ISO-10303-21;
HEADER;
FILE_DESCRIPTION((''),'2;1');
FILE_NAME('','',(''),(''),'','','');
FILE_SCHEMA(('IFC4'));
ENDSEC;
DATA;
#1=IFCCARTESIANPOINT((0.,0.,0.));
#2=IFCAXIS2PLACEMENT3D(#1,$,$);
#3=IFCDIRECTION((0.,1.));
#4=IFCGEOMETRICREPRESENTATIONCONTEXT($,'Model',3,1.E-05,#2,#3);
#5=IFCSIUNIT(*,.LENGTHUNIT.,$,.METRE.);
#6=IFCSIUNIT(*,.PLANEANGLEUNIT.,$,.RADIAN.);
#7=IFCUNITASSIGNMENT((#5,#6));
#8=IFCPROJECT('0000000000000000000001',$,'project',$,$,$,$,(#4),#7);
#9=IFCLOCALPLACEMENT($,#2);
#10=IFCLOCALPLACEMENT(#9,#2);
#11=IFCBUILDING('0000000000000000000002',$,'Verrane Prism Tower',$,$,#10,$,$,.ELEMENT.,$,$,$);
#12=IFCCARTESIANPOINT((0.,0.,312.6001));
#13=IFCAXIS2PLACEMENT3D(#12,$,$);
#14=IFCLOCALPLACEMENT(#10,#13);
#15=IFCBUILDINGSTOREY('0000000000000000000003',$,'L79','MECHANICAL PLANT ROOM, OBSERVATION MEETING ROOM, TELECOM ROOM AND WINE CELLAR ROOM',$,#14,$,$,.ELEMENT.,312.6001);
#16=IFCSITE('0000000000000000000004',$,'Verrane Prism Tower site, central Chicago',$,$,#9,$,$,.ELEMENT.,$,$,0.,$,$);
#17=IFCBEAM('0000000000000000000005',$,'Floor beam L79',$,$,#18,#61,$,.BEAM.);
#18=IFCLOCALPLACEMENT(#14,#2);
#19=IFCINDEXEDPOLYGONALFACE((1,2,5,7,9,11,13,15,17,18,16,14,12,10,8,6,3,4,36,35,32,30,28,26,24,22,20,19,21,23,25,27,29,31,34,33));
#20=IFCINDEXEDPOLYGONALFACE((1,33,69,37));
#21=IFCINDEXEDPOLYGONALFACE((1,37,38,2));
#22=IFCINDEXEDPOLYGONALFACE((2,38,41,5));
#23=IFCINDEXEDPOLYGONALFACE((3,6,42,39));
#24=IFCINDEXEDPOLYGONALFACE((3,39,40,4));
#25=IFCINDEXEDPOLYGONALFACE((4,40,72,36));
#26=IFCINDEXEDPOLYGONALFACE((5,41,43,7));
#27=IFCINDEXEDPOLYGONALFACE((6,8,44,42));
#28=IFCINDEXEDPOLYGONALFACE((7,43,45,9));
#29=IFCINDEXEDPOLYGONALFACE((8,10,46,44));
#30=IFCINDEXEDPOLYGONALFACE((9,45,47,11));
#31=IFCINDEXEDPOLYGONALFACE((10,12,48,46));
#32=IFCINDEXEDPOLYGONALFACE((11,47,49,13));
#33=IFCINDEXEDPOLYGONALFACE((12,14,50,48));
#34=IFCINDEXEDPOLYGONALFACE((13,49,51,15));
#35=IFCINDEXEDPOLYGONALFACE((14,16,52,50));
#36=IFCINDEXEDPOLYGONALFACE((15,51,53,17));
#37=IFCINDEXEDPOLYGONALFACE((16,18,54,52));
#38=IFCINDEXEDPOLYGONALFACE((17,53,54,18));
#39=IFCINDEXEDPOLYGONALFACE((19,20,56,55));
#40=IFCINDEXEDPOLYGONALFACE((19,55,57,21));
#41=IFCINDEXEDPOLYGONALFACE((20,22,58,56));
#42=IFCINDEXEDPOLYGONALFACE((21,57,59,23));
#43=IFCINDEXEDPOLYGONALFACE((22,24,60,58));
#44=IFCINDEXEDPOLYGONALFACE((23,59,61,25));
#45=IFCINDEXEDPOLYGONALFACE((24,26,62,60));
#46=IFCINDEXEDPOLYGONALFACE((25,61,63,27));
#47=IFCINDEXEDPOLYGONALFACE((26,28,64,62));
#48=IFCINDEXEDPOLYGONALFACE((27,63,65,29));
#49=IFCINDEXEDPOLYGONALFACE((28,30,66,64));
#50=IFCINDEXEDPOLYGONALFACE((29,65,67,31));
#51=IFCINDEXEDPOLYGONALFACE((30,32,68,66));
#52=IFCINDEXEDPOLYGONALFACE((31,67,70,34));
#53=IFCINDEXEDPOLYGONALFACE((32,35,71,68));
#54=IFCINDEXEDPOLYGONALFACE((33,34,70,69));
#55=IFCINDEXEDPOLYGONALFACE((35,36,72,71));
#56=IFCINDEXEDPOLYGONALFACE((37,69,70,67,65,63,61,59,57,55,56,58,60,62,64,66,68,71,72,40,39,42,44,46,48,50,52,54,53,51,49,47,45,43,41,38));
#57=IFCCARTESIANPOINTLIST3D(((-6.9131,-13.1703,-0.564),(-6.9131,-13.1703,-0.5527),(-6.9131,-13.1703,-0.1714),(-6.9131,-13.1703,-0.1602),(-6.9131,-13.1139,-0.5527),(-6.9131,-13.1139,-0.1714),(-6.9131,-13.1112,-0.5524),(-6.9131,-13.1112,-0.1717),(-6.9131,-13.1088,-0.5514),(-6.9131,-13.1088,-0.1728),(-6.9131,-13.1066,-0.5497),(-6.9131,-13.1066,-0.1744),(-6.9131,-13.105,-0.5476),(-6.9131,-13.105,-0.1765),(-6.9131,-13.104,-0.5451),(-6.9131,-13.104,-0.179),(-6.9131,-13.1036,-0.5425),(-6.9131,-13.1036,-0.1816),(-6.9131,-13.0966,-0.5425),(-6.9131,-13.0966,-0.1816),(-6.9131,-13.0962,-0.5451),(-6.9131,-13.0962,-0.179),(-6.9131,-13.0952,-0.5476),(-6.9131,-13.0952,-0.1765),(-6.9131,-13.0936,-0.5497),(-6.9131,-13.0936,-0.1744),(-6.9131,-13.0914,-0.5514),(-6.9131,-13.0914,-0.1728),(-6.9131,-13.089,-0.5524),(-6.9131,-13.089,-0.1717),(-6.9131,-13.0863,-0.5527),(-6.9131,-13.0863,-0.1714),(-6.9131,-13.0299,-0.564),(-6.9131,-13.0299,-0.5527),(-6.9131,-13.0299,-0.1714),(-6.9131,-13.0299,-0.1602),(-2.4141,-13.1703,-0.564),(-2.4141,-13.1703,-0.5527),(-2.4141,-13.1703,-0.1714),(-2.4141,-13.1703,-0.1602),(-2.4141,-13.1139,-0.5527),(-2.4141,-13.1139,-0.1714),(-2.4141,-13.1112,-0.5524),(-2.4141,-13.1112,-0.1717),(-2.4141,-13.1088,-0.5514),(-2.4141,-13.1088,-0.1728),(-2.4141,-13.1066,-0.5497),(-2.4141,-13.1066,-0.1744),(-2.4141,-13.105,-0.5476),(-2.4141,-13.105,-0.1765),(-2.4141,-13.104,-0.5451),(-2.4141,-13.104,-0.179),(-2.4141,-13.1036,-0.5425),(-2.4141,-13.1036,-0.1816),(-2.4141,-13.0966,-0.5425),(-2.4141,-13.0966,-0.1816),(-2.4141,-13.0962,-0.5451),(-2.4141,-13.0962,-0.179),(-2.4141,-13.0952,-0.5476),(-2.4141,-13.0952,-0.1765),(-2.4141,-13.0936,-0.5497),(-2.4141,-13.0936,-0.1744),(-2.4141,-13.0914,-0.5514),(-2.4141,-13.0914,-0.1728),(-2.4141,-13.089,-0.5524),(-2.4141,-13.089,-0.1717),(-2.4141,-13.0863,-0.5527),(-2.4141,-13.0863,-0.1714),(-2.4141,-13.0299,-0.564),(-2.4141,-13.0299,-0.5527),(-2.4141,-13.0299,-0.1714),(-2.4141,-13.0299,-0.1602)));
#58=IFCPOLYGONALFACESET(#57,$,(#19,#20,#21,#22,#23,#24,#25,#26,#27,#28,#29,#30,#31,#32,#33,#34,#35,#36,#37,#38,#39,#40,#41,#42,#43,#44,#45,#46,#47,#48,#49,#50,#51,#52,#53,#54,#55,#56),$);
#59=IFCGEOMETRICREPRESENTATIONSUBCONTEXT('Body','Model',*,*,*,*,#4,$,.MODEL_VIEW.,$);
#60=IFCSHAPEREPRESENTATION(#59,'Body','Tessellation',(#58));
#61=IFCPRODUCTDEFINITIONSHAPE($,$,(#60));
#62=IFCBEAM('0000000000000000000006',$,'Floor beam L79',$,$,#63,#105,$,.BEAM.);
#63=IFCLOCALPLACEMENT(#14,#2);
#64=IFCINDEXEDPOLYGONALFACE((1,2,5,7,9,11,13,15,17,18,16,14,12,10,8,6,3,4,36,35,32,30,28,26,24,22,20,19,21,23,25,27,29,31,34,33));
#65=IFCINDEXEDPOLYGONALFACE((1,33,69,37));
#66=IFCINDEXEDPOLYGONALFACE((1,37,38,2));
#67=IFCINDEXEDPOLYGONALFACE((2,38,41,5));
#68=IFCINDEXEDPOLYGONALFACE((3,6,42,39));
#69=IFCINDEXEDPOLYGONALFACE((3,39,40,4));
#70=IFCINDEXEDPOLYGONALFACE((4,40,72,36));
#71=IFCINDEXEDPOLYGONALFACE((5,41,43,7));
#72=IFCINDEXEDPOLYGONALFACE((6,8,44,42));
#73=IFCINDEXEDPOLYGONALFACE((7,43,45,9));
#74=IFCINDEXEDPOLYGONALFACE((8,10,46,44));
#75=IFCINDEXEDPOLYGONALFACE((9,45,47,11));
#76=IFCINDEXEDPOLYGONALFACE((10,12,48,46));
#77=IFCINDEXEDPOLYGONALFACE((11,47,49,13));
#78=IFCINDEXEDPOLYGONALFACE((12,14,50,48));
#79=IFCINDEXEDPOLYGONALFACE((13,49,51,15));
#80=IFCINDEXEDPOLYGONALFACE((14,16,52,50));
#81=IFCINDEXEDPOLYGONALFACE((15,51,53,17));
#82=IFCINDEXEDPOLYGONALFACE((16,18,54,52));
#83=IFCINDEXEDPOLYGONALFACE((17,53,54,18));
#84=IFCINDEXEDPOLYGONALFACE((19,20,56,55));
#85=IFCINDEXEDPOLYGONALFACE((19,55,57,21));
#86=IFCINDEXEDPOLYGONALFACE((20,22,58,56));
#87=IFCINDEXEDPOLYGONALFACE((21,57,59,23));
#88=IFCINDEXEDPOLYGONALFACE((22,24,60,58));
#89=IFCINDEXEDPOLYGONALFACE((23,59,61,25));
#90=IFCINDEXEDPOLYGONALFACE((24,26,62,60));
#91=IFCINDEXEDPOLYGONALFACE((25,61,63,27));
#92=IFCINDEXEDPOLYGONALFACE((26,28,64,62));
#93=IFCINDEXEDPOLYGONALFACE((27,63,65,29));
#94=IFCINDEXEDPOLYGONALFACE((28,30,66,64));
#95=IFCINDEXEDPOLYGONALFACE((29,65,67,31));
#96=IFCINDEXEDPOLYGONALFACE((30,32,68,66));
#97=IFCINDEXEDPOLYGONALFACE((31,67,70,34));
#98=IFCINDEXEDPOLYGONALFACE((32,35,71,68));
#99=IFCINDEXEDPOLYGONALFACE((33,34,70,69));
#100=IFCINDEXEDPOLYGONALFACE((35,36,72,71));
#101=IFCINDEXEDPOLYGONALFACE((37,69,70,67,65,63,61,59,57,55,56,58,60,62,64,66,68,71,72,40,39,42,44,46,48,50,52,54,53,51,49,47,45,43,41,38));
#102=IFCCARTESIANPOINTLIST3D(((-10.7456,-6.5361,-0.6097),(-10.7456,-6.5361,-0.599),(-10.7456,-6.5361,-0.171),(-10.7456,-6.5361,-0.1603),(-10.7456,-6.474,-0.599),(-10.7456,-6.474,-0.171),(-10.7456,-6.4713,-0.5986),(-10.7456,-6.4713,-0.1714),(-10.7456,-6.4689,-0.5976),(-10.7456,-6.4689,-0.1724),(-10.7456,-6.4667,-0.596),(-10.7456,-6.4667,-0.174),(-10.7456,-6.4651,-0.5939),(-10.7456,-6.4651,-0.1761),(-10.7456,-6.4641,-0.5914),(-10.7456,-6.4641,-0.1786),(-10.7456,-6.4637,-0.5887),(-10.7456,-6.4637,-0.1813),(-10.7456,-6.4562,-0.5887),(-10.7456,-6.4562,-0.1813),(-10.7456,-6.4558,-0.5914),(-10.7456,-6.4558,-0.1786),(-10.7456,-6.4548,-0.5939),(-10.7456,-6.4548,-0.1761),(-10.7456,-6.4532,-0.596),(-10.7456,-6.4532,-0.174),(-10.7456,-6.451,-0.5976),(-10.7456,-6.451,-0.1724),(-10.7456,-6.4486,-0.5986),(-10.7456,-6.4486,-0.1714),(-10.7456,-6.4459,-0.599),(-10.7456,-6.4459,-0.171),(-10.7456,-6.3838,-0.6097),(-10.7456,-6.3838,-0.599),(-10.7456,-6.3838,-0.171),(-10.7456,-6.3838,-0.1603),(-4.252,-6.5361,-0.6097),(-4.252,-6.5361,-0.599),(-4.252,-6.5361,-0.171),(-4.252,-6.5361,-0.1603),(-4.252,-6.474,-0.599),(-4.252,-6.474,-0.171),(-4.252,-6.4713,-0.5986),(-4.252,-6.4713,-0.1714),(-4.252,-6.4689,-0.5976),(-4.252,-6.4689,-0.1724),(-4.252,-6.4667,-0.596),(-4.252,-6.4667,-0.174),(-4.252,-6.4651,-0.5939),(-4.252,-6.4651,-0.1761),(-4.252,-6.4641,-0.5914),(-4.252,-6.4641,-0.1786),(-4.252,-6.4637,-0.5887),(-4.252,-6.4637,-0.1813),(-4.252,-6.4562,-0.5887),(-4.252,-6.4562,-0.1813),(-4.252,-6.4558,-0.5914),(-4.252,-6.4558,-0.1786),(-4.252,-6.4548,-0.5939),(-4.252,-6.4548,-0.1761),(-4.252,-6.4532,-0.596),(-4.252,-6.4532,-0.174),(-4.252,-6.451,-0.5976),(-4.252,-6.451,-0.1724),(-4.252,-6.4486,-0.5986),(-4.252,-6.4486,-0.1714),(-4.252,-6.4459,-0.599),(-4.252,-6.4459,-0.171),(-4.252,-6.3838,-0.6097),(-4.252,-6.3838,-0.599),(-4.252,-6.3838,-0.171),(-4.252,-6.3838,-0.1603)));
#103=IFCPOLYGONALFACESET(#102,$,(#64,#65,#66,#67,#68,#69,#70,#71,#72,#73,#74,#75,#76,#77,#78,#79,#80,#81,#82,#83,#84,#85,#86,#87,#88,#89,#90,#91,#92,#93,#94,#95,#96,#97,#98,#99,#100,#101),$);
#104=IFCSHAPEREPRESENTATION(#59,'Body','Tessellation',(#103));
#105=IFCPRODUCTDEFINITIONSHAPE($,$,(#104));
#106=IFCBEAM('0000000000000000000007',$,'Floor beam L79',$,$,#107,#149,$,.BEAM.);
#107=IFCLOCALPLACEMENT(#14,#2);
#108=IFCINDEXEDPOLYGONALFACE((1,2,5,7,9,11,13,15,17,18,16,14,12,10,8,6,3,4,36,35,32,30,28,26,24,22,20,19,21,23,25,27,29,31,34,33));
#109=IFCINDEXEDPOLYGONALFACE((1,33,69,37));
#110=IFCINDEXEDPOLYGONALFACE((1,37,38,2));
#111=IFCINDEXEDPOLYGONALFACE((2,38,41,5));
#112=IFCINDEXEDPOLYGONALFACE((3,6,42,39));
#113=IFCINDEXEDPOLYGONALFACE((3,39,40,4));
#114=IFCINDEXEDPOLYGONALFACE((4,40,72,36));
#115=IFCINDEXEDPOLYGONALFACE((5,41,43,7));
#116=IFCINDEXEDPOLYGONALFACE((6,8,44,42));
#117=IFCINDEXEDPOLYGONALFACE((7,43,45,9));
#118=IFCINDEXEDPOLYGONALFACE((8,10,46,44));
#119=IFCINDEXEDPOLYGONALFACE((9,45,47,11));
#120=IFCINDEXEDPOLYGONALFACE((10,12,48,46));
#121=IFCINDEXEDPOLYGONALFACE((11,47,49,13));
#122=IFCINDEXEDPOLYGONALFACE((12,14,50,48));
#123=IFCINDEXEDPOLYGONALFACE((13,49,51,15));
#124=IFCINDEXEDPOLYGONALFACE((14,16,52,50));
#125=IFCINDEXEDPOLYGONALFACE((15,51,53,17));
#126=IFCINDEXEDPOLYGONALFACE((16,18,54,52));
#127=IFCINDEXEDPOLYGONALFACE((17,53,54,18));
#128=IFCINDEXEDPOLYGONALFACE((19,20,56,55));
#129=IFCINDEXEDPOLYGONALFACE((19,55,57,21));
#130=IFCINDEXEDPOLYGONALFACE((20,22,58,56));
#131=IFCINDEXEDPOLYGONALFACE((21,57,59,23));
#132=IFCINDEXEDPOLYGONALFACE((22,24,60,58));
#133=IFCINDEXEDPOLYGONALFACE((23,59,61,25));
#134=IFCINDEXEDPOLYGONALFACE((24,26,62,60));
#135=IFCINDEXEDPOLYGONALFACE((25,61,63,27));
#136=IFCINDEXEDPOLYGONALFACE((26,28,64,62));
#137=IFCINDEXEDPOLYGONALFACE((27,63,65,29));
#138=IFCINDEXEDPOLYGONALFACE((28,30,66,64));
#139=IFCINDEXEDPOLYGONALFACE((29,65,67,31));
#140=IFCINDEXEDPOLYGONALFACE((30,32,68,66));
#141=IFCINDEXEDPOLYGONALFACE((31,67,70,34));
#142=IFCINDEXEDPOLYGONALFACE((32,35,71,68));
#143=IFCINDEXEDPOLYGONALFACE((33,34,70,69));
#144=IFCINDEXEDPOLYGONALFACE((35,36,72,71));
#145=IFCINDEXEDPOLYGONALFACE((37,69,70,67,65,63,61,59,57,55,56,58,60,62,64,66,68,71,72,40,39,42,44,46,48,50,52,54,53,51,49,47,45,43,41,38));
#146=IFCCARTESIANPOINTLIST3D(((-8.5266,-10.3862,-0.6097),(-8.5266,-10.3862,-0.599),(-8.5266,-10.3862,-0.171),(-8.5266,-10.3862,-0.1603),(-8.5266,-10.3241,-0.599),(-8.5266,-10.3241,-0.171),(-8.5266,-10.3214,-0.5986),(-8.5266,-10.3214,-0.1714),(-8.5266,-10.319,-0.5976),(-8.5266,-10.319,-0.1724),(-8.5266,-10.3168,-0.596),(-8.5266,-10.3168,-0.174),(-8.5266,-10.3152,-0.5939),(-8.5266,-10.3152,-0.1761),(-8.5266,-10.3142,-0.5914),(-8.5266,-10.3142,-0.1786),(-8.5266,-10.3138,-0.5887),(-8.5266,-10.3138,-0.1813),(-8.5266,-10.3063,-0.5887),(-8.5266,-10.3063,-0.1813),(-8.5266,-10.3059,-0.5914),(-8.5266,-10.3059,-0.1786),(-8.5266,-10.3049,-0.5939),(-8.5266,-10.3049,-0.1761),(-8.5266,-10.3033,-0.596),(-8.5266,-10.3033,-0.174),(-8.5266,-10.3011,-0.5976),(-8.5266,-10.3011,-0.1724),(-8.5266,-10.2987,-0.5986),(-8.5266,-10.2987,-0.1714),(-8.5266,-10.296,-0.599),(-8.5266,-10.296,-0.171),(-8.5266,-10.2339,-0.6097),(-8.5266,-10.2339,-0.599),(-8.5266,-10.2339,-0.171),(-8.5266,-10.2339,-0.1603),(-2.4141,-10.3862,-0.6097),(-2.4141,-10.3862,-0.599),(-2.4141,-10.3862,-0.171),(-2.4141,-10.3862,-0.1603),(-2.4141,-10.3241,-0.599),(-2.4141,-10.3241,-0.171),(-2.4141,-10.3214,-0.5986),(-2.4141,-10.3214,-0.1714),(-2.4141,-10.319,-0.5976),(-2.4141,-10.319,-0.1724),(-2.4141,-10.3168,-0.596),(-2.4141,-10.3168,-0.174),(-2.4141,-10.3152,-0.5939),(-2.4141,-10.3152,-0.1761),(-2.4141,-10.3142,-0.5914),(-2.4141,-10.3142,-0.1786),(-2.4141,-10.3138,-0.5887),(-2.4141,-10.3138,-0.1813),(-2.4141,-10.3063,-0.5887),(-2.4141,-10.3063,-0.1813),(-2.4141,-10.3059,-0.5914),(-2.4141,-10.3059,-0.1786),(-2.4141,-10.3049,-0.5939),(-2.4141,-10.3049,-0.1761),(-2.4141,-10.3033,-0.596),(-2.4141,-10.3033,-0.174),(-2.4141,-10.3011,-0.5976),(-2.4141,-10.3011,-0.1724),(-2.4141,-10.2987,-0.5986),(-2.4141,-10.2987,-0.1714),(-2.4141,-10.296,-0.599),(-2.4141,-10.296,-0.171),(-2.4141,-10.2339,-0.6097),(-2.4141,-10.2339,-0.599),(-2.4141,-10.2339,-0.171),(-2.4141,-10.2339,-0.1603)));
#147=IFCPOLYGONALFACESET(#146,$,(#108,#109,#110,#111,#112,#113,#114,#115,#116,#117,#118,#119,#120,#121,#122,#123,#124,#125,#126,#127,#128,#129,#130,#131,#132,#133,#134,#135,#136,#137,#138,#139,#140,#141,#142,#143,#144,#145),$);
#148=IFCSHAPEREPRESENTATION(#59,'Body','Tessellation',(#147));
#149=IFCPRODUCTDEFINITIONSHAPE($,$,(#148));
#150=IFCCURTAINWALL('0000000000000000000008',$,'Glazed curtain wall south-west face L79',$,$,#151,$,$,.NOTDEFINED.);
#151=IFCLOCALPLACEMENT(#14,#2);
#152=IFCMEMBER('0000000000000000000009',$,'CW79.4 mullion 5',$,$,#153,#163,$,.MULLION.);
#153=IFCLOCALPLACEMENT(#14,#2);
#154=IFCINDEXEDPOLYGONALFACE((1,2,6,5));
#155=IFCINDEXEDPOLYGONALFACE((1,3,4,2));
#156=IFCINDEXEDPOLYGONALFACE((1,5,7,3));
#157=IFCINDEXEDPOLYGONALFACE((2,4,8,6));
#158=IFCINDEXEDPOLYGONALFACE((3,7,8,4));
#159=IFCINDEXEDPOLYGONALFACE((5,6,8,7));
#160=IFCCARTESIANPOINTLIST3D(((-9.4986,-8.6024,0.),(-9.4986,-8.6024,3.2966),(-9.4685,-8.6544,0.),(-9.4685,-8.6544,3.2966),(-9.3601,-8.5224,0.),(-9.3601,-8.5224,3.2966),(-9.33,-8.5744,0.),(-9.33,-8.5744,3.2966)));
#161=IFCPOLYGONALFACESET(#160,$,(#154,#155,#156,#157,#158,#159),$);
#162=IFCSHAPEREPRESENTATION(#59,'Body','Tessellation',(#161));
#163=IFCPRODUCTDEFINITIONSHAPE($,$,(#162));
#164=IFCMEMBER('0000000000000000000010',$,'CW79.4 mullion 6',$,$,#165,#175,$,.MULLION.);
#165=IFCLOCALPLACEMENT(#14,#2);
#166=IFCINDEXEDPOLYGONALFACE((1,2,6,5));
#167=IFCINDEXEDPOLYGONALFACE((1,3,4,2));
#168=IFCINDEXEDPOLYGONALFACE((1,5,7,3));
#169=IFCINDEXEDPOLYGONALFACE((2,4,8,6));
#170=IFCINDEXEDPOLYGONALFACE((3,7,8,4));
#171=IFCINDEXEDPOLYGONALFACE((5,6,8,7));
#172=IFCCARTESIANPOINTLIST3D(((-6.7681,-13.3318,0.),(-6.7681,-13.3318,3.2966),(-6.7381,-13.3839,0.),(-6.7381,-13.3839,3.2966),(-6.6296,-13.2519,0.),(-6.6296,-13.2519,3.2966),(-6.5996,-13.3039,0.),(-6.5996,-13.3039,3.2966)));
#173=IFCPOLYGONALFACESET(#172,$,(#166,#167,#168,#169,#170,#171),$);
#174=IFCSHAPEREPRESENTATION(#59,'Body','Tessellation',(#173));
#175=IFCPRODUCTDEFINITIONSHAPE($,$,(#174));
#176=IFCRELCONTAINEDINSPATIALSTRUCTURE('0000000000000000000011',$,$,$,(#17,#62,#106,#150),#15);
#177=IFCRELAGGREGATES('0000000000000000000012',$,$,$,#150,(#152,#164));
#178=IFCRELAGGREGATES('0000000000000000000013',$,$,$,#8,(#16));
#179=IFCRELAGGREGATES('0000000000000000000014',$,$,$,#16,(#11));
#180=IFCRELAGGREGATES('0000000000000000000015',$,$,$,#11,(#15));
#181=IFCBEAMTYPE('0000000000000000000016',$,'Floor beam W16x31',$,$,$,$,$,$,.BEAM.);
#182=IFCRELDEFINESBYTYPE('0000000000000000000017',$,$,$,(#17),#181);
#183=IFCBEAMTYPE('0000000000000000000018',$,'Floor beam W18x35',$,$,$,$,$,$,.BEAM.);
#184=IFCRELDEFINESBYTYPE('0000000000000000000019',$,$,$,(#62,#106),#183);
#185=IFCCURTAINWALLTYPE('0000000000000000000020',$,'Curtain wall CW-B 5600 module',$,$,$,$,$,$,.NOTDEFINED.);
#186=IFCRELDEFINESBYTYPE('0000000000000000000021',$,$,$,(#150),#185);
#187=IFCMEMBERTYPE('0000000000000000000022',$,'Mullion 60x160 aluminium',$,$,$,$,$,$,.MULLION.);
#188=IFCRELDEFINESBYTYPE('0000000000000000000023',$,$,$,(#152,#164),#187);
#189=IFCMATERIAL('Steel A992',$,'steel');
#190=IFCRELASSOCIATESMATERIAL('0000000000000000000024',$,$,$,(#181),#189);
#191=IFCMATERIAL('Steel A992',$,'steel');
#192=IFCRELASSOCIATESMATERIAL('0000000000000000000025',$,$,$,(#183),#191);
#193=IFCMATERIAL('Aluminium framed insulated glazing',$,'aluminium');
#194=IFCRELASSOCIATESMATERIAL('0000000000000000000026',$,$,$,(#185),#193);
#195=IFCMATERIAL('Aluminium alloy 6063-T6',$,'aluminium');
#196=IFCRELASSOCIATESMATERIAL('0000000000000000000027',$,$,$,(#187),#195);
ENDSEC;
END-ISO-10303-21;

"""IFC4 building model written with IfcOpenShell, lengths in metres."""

from ifc_helpers import new_model, si_unit, direction, frame, origin, origin_2d, place, context, subcontext, project, spatial, rectangle, i_section, extrude, material, material_profile, profile_set, type_object, element, aggregate, save


model = new_model("IFC4")

# Units and contexts
model_context = context("Model", 3, precision=1e-05, world=origin(), true_north=direction((0.0, 1.0)))
body_context = subcontext(model_context, "Body", "Model", "MODEL_VIEW")
ifc_project = project(units=[si_unit("LENGTHUNIT", "METRE"), si_unit("PLANEANGLEUNIT", "RADIAN")], contexts=[model_context])

# Site, building, storey
site_placement = place(None, origin())
site = spatial("IfcSite", under=ifc_project, at=site_placement, Name="Verrane Prism Tower site, central Chicago", CompositionType="ELEMENT", RefElevation=0.0)
building_placement = place(site_placement, origin())
building = spatial("IfcBuilding", under=site, at=building_placement, Name="Verrane Prism Tower", CompositionType="ELEMENT")
storey_placement = place(building_placement, frame((0.0, 0.0, 312.6001)))
storey = spatial("IfcBuildingStorey", under=building, at=storey_placement, Name="L79", Description="MECHANICAL PLANT ROOM, OBSERVATION MEETING ROOM, TELECOM ROOM AND WINE CELLAR ROOM", CompositionType="ELEMENT", Elevation=312.6001)

# Beams
ifc_material_1 = material(Name="Steel A992", Category="steel")
ifc_material_profile_1 = material_profile(ifc_material_1, i_section(OverallWidth=0.1404, OverallDepth=0.4038, WebThickness=0.0071, FlangeThickness=0.0112, FilletRadius=0.0103, at=origin_2d()), Name="W16x31")
ifc_profile_set_1 = profile_set([ifc_material_profile_1], Name="Steel A992")
beam_type_1 = type_object("IfcBeamType", Name="Floor beam W16x31", PredefinedType="BEAM", material=ifc_profile_set_1)
beam_1_placement = place(storey_placement, frame((-6.9131, -13.1001, -0.3621), z_axis=(1.0, 0.0, 0.0), x_axis=(0.0, 1.0, 0.0)))
element("IfcBeam", 1, at=beam_1_placement, inside=storey, type_object=beam_type_1, Name="Floor beam L79", PredefinedType="BEAM", context=body_context, shape_type="SweptSolid", body=[
    extrude(i_section(OverallWidth=0.1404, OverallDepth=0.4038, WebThickness=0.0071, FlangeThickness=0.0112, FilletRadius=0.0103, at=origin_2d()), origin(), (0.0, 0.0, 1.0), 4.499),
])
ifc_material_2 = material(Name="Steel A992", Category="steel")
ifc_material_profile_2 = material_profile(ifc_material_2, i_section(OverallWidth=0.1523, OverallDepth=0.4495, WebThickness=0.0076, FlangeThickness=0.0107, FilletRadius=0.0103, at=origin_2d()), Name="W18x35")
ifc_profile_set_2 = profile_set([ifc_material_profile_2], Name="Steel A992")
beam_type_2 = type_object("IfcBeamType", Name="Floor beam W18x35", PredefinedType="BEAM", material=ifc_profile_set_2)
beam_2_placement = place(storey_placement, frame((-10.7456, -6.46, -0.385), z_axis=(1.0, 0.0, 0.0), x_axis=(0.0, 1.0, 0.0)))
element("IfcBeam", 2, at=beam_2_placement, inside=storey, type_object=beam_type_2, Name="Floor beam L79", PredefinedType="BEAM", context=body_context, shape_type="SweptSolid", body=[
    extrude(i_section(OverallWidth=0.1523, OverallDepth=0.4495, WebThickness=0.0076, FlangeThickness=0.0107, FilletRadius=0.0103, at=origin_2d()), origin(), (0.0, 0.0, 1.0), 6.4937),
])
beam_3_placement = place(storey_placement, frame((-8.5266, -10.3101, -0.385), z_axis=(1.0, 0.0, 0.0), x_axis=(0.0, 1.0, 0.0)))
element("IfcBeam", 3, at=beam_3_placement, inside=storey, type_object=beam_type_2, Name="Floor beam L79", PredefinedType="BEAM", context=body_context, shape_type="SweptSolid", body=[
    extrude(i_section(OverallWidth=0.1523, OverallDepth=0.4495, WebThickness=0.0076, FlangeThickness=0.0107, FilletRadius=0.0103, at=origin_2d()), origin(), (0.0, 0.0, 1.0), 6.1125),
])

# Curtain wall, members
ifc_material_3 = material(Name="Aluminium framed insulated glazing", Category="aluminium")
curtain_wall_type = type_object("IfcCurtainWallType", Name="Curtain wall CW-B 5600 module", PredefinedType="NOTDEFINED", material=ifc_material_3)
curtain_wall_placement = place(storey_placement, origin())
curtain_wall = element("IfcCurtainWall", 4, at=curtain_wall_placement, inside=storey, type_object=curtain_wall_type, Name="Glazed curtain wall south-west face L79", PredefinedType="NOTDEFINED")
ifc_material_4 = material(Name="Aluminium alloy 6063-T6", Category="aluminium")
ifc_material_profile_3 = material_profile(ifc_material_4, rectangle(XDim=0.1599, YDim=0.0601, at=origin_2d()), Name="Mullion 60x160 aluminium")
ifc_profile_set_3 = profile_set([ifc_material_profile_3], Name="Aluminium alloy 6063-T6")
member_type_1 = type_object("IfcMemberType", Name="Mullion 60x160 aluminium", PredefinedType="MULLION", material=ifc_profile_set_3)
member_1_placement = place(storey_placement, frame((-9.4143, -8.5884, 0.0), z_axis=(0.0, 0.0, 1.0), x_axis=(0.866025, 0.5, 0.0)))
member_1 = element("IfcMember", 5, at=member_1_placement, type_object=member_type_1, Name="CW79.4 mullion 5", PredefinedType="MULLION", context=body_context, shape_type="SweptSolid", body=[
    extrude(rectangle(XDim=0.1599, YDim=0.0601, at=origin_2d()), origin(), (0.0, 0.0, 1.0), 3.2966),
])
member_2_placement = place(storey_placement, frame((-6.6838, -13.3179, 0.0), z_axis=(0.0, 0.0, 1.0), x_axis=(0.866025, 0.5, 0.0)))
member_2 = element("IfcMember", 6, at=member_2_placement, type_object=member_type_1, Name="CW79.4 mullion 6", PredefinedType="MULLION", context=body_context, shape_type="SweptSolid", body=[
    extrude(rectangle(XDim=0.1599, YDim=0.0601, at=origin_2d()), origin(), (0.0, 0.0, 1.0), 3.2966),
])

aggregate(curtain_wall, [member_1, member_2])

save(model, "model.ifc")
